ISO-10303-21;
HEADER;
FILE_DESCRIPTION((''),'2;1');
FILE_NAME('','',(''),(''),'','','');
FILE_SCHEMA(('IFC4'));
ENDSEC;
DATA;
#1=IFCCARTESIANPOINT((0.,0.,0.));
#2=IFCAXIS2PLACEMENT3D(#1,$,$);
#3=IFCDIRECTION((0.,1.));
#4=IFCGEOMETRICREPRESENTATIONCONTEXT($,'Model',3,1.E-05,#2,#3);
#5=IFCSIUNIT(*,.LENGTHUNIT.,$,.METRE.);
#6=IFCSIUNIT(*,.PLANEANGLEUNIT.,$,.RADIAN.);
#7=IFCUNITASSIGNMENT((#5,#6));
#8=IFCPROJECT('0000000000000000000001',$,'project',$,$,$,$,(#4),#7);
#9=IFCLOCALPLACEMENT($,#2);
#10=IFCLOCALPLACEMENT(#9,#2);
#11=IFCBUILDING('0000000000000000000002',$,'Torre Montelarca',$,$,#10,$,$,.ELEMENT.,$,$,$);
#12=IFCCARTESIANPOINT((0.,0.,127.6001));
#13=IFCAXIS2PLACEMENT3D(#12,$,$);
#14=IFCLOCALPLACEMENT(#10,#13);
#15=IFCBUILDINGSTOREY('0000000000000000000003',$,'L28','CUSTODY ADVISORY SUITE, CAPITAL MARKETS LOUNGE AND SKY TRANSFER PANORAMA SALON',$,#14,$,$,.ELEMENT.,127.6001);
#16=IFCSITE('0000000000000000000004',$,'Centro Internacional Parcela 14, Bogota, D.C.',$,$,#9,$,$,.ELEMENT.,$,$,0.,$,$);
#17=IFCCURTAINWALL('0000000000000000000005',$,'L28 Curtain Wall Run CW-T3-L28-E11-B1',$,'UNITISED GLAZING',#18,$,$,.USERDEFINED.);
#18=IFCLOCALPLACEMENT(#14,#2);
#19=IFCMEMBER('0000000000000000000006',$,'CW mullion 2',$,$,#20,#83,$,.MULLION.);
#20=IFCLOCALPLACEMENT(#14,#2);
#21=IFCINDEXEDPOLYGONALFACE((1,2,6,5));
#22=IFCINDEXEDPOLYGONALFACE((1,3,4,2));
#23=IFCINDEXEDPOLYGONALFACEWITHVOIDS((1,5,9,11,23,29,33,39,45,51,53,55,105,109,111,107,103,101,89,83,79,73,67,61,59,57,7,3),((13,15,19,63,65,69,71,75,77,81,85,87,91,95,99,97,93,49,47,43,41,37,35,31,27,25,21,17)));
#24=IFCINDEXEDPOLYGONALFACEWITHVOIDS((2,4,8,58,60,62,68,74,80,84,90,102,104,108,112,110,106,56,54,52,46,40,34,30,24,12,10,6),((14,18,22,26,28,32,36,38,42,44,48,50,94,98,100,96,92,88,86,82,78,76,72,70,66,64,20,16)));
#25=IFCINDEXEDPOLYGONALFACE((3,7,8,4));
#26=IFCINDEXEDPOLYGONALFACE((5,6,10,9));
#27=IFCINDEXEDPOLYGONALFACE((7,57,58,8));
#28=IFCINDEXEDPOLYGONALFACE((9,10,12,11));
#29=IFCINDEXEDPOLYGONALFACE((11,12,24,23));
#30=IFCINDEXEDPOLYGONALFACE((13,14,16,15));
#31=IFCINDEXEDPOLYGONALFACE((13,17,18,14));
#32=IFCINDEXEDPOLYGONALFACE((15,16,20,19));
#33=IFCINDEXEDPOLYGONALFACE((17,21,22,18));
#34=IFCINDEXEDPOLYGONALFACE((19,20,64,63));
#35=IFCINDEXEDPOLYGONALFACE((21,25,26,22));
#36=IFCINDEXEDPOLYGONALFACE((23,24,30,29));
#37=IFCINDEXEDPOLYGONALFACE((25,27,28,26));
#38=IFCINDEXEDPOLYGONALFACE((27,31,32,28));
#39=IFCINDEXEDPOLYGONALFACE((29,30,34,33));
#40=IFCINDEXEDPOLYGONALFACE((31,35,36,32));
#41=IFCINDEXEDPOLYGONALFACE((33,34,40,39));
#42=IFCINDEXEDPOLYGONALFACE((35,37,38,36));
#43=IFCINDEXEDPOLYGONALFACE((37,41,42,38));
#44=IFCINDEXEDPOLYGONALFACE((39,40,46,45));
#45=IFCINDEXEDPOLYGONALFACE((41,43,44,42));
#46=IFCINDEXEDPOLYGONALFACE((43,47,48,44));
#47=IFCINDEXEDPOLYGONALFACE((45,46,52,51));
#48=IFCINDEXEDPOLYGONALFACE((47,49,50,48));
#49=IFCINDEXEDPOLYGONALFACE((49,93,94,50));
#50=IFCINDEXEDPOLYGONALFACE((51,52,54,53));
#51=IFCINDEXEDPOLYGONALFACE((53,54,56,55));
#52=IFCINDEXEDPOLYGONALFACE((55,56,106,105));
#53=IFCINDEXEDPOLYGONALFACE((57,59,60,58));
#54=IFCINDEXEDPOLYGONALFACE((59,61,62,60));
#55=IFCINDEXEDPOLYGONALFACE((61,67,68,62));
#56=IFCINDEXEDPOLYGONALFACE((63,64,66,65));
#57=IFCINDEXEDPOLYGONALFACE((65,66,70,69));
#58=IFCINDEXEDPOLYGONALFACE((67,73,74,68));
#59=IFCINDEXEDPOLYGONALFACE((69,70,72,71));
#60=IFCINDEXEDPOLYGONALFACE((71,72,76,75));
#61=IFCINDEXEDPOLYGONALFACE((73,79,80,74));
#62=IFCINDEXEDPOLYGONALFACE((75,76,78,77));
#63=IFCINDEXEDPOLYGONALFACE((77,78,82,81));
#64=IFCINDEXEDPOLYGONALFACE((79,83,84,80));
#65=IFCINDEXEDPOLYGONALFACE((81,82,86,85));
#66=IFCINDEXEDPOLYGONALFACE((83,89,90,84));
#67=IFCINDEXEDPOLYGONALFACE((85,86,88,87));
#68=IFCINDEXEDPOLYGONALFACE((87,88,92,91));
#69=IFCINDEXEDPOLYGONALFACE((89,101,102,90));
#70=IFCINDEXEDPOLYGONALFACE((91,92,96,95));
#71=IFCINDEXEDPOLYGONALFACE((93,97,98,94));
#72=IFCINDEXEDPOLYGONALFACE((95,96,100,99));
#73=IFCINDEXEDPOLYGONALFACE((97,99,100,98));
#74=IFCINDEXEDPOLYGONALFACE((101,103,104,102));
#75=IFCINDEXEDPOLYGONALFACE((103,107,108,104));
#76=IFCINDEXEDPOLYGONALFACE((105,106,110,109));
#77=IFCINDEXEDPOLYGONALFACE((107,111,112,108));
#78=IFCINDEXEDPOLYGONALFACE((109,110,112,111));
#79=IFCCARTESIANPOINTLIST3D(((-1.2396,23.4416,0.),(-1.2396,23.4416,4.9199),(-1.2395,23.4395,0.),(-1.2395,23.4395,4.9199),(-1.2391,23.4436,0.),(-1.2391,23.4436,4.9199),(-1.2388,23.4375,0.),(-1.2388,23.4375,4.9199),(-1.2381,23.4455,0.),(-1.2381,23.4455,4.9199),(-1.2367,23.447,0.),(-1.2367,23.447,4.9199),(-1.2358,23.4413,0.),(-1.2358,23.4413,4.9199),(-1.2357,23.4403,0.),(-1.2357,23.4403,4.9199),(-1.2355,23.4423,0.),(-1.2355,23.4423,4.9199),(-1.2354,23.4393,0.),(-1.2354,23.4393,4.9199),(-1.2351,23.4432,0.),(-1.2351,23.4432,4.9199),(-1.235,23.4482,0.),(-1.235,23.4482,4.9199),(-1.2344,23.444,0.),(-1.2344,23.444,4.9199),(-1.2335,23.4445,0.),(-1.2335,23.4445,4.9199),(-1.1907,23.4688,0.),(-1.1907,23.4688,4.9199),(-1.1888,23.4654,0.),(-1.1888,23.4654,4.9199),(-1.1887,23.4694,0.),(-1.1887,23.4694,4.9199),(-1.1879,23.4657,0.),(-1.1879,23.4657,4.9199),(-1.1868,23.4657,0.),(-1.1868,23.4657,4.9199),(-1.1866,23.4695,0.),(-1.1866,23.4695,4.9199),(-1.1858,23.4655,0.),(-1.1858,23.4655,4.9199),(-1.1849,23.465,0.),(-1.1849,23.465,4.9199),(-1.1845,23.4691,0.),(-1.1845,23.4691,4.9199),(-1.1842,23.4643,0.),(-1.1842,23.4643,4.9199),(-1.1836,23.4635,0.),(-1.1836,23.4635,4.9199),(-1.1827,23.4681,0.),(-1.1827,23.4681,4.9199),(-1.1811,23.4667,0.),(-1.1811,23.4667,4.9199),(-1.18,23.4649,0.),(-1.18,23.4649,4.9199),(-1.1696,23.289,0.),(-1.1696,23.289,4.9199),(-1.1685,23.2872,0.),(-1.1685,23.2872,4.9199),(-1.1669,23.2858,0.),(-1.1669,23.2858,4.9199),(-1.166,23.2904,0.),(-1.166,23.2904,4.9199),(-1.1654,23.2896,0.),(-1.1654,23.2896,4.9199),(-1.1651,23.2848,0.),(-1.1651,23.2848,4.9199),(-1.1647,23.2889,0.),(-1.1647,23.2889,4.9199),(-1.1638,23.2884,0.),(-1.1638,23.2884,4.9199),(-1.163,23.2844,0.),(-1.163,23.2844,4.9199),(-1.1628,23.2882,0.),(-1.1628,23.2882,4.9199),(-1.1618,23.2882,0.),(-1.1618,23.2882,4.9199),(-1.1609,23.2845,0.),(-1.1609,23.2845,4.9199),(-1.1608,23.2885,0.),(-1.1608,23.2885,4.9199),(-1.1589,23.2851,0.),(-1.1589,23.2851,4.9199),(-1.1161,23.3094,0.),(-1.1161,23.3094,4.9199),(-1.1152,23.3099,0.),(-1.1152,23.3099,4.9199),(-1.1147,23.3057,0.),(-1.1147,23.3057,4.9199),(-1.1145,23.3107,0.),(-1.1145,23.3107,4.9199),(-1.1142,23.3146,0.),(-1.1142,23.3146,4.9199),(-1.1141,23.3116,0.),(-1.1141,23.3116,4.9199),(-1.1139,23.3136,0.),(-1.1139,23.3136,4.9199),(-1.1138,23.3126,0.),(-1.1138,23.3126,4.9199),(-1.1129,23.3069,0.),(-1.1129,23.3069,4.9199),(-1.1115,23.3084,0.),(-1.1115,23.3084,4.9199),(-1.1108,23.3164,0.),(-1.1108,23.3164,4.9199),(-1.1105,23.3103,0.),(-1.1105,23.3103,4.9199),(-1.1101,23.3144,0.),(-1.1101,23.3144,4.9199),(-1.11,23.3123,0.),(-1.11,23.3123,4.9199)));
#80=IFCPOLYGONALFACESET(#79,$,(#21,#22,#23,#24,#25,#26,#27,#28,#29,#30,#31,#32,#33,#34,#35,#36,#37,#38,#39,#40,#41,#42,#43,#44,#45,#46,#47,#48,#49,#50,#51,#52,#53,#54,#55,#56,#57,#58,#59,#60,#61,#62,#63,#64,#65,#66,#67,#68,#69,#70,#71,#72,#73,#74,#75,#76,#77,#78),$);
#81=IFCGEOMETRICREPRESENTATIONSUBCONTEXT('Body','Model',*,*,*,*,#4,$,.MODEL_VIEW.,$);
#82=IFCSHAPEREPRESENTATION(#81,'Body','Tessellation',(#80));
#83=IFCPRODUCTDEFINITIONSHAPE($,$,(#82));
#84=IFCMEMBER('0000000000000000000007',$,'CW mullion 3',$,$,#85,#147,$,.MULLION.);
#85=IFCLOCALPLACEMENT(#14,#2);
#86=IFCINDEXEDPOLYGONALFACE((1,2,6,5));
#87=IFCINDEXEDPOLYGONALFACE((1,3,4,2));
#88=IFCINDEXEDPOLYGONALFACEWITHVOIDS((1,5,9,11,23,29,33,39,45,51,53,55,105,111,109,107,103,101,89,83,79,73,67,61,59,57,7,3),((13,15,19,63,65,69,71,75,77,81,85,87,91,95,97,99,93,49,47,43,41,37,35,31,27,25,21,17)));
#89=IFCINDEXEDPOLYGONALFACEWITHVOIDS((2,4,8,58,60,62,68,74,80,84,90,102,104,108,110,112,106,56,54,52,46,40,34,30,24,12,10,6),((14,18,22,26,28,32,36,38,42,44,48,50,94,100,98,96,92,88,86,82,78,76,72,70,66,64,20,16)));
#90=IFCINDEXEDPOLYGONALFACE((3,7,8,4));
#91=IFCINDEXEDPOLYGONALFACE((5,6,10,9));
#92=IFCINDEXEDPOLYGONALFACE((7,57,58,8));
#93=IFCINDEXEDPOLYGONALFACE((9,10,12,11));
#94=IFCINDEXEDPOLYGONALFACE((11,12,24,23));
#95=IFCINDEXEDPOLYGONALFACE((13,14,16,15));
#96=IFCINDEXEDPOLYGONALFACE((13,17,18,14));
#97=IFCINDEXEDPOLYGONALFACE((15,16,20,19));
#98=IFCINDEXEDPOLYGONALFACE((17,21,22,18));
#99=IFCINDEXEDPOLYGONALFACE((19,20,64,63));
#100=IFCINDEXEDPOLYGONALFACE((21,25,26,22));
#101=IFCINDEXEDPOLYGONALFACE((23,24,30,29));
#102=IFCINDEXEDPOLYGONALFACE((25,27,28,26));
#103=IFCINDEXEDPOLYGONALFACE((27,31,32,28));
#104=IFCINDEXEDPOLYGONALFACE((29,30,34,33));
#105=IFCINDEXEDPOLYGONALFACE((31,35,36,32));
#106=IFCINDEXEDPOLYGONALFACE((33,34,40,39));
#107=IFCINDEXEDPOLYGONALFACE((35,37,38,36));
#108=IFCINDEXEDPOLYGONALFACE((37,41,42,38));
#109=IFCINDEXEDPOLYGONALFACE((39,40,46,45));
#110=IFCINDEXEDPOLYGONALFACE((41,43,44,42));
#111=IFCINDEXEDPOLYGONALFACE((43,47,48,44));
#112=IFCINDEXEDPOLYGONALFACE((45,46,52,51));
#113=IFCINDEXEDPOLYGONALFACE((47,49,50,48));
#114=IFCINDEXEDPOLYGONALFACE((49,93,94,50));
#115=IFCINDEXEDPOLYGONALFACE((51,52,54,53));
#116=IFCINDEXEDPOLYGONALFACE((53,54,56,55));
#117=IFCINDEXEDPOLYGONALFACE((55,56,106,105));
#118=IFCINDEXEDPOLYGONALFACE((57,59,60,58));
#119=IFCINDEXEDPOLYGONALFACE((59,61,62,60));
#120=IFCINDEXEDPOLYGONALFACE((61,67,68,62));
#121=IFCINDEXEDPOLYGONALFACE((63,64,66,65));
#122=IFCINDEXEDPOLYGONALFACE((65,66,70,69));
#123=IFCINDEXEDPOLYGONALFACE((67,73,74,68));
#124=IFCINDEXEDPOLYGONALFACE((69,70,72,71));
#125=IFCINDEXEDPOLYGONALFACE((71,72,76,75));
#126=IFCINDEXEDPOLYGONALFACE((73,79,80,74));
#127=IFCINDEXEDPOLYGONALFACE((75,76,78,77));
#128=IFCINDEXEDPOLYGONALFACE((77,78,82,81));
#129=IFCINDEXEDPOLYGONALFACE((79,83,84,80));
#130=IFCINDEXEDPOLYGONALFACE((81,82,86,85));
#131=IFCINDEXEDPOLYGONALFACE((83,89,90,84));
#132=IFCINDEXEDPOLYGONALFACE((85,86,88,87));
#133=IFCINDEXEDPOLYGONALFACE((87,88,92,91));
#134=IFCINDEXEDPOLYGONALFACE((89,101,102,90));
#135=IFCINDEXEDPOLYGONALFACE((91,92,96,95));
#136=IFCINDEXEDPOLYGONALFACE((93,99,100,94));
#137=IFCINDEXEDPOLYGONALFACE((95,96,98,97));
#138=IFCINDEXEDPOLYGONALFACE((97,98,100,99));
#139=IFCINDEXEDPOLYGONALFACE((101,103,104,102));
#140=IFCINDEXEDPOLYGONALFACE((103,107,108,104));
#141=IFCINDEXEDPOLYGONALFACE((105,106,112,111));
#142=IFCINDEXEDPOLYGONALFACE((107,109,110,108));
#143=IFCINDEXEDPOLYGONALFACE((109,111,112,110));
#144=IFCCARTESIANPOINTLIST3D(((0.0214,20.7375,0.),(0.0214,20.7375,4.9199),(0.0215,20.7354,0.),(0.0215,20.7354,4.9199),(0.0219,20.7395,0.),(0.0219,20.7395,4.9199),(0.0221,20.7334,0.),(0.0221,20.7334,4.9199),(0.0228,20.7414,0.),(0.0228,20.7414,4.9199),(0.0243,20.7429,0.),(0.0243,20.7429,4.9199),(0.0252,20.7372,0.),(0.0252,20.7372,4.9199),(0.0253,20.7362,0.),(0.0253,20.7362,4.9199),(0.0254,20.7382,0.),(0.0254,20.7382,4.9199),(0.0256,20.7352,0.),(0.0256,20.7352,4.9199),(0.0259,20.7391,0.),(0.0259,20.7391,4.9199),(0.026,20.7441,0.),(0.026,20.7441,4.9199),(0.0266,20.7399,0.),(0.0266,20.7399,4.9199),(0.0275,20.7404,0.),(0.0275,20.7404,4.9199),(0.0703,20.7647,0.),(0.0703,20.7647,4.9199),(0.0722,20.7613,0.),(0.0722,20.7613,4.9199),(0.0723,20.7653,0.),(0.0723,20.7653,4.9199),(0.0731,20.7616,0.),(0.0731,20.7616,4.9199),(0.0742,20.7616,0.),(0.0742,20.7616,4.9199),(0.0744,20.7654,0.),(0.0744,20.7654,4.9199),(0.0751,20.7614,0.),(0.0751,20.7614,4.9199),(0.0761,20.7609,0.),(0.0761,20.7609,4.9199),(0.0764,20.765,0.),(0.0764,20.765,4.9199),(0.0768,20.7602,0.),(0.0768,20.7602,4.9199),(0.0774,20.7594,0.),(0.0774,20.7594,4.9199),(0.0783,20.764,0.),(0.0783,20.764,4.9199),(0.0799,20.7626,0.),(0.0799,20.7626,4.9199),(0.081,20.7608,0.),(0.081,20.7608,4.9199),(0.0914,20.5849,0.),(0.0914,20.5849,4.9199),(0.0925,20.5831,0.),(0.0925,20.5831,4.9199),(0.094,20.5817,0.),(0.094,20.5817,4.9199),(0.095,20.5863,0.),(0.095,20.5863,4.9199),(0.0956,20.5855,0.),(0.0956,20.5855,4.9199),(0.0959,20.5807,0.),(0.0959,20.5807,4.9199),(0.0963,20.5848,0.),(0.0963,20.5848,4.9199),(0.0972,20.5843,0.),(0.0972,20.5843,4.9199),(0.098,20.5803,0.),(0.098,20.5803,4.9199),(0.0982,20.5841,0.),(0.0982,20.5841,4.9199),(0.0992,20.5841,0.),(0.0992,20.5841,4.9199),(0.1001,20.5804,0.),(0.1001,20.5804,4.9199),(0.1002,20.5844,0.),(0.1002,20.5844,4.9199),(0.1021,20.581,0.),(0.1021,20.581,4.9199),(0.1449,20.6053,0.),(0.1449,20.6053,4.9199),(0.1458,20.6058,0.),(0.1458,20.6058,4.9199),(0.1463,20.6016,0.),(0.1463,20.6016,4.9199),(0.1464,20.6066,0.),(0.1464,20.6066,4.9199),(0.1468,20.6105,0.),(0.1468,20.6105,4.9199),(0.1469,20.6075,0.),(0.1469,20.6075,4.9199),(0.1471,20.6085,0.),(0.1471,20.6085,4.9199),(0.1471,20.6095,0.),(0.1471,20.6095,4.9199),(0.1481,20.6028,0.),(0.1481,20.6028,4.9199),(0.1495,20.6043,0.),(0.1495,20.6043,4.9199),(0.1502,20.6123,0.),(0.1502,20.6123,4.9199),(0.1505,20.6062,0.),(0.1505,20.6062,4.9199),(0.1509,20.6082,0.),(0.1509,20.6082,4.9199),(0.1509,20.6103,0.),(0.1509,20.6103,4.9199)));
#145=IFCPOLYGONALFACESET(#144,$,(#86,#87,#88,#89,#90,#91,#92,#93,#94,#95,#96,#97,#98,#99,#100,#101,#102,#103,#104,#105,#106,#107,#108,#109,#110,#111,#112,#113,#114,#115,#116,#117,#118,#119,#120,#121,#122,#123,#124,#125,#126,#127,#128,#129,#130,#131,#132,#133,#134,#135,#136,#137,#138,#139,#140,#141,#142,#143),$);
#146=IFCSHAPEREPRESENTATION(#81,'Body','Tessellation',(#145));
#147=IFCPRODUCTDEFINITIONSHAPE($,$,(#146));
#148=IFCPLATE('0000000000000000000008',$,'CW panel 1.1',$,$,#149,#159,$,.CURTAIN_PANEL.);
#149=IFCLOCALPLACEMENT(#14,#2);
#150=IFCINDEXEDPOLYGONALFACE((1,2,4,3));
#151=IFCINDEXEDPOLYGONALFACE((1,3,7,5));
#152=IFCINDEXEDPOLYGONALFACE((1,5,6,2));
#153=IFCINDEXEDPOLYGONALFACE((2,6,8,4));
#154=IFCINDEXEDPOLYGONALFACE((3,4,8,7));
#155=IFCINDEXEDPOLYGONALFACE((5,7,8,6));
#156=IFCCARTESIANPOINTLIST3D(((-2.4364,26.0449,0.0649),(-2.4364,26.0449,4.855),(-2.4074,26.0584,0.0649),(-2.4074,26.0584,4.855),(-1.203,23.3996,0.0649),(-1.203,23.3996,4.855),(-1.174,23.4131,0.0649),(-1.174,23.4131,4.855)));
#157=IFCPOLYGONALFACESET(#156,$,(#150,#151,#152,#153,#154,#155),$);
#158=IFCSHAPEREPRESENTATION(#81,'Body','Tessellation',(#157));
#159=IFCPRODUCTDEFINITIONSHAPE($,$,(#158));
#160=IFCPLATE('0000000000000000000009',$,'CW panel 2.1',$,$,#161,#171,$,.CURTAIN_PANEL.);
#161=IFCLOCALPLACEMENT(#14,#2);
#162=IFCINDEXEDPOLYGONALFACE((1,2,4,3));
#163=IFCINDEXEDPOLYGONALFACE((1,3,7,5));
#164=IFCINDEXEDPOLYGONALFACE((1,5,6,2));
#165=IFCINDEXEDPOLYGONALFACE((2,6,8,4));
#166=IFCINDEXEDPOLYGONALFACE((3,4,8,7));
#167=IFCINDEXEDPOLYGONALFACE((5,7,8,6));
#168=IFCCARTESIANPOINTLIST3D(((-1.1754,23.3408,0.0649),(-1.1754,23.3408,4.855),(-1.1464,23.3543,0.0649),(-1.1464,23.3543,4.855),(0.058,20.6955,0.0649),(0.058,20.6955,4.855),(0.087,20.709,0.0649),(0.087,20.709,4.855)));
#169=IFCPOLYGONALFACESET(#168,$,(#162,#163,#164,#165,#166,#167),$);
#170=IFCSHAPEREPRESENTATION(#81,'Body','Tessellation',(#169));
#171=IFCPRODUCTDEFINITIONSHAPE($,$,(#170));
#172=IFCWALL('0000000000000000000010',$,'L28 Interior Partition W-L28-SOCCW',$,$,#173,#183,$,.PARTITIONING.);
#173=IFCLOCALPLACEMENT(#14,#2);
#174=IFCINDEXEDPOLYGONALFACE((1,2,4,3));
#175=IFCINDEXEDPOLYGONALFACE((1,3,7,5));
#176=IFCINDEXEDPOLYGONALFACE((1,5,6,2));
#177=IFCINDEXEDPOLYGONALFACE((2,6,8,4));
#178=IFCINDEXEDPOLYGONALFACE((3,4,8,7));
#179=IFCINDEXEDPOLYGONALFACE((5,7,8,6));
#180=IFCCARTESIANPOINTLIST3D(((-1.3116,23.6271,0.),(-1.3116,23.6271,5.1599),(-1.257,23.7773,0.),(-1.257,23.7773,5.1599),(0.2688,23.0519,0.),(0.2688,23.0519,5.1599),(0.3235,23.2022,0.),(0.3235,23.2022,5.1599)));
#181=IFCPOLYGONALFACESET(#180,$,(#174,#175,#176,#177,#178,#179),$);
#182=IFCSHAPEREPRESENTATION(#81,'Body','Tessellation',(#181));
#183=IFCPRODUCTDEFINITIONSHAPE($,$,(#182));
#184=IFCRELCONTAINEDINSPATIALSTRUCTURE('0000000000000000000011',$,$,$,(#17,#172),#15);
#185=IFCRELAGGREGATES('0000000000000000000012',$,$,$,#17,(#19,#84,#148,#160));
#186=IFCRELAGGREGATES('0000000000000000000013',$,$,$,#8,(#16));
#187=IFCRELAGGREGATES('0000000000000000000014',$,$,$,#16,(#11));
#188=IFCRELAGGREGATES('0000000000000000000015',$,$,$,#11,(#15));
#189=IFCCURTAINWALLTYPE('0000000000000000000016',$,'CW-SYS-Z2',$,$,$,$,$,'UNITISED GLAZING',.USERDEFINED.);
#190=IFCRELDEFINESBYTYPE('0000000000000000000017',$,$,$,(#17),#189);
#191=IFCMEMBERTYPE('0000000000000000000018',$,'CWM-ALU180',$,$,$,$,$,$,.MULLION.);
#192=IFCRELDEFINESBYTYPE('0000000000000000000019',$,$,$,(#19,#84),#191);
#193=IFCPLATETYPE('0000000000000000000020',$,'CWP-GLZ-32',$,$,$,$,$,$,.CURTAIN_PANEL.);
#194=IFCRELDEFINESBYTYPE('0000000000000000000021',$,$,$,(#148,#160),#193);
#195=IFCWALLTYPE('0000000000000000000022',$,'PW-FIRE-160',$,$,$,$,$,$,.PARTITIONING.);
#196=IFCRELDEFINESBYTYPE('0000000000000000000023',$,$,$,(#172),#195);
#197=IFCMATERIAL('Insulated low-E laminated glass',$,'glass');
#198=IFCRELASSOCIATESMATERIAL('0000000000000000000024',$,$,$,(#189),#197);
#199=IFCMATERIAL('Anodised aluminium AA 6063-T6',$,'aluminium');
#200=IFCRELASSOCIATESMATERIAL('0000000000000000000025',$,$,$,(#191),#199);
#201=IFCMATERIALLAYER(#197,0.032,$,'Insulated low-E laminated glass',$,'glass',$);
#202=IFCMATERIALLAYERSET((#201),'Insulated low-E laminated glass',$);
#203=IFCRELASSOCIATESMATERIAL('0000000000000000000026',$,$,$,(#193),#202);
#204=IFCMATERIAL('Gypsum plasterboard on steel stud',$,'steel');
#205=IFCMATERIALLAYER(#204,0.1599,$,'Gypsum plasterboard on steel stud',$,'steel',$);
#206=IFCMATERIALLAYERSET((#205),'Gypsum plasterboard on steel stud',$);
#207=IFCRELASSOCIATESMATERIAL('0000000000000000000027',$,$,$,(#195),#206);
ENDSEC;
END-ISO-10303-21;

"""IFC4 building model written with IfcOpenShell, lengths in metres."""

from ifc_helpers import new_model, si_unit, direction, frame, frame_2d, origin, origin_2d, place, context, subcontext, project, spatial, rectangle, hollow_rectangle, extrude, source, transform, mapped, material, layer, layer_set, material_profile, profile_set, type_object, element, aggregate, save


model = new_model("IFC4")

# Units and contexts
model_context = context("Model", 3, precision=1e-05, world=origin(), true_north=direction((0.0, 1.0)))
body_context = subcontext(model_context, "Body", "Model", "MODEL_VIEW")
ifc_project = project(units=[si_unit("LENGTHUNIT", "METRE"), si_unit("PLANEANGLEUNIT", "RADIAN")], contexts=[model_context])

# Site, building, storey
site_placement = place(None, origin())
site = spatial("IfcSite", under=ifc_project, at=site_placement, Name="Centro Internacional Parcela 14, Bogota, D.C.", CompositionType="ELEMENT", RefElevation=0.0)
building_placement = place(site_placement, origin())
building = spatial("IfcBuilding", under=site, at=building_placement, Name="Torre Montelarca", CompositionType="ELEMENT")
storey_placement = place(building_placement, frame((0.0, 0.0, 127.6001)))
storey = spatial("IfcBuildingStorey", under=building, at=storey_placement, Name="L28", Description="CUSTODY ADVISORY SUITE, CAPITAL MARKETS LOUNGE AND SKY TRANSFER PANORAMA SALON", CompositionType="ELEMENT", Elevation=127.6001)

# Curtain wall
ifc_material_1 = material(Name="Insulated low-E laminated glass", Category="glass")
curtain_wall_type = type_object("IfcCurtainWallType", Name="CW-SYS-Z2", ElementType="UNITISED GLAZING", PredefinedType="USERDEFINED", material=ifc_material_1)
curtain_wall_1_placement = place(storey_placement, origin())
curtain_wall_1 = element("IfcCurtainWall", 1, at=curtain_wall_1_placement, inside=storey, type_object=curtain_wall_type, Name="L28 Curtain Wall Run CW-T3-L28-E11-B1", ObjectType="UNITISED GLAZING", PredefinedType="USERDEFINED")
ifc_material_2 = material(Name="Anodised aluminium AA 6063-T6", Category="aluminium")

# Shared definitions
ifc_material_profile_1 = material_profile(ifc_material_2, hollow_rectangle(XDim=0.0649, YDim=0.1799, WallThickness=0.0039, InnerFilletRadius=0.0039, OuterFilletRadius=0.0081, at=origin_2d()), Name="ALU65X180X4", Category="aluminium")
ifc_profile_set_1 = profile_set([ifc_material_profile_1], Name="Anodised aluminium AA 6063-T6")
member_type_1 = type_object("IfcMemberType", Name="CWM-ALU180", PredefinedType="MULLION", material=ifc_profile_set_1)
shared_shape_1 = source(origin(), body_context, "Body", "SweptSolid", [
    extrude(hollow_rectangle(XDim=0.0649, YDim=0.1799, WallThickness=0.0039, InnerFilletRadius=0.0039, OuterFilletRadius=0.0081, at=origin_2d()), origin(), (0.0, 0.0, 1.0), 4.9199),
])

# Members
member_1_placement = place(storey_placement, frame((-1.1748, 23.377, 0.0), z_axis=(0.0, 0.0, 1.0), x_axis=(0.906317, 0.422598, 0.0)))
member_1 = element("IfcMember", 2, at=member_1_placement, type_object=member_type_1, Name="CW mullion 2", PredefinedType="MULLION", context=body_context, shape_type="MappedRepresentation", body=[
    mapped(shared_shape_1, transform((0.0, 0.0, 0.0), scale=1.0)),
])
member_2_placement = place(storey_placement, frame((0.0862, 20.6729, 0.0), z_axis=(0.0, 0.0, 1.0), x_axis=(0.906317, 0.422598, 0.0)))
member_2 = element("IfcMember", 3, at=member_2_placement, type_object=member_type_1, Name="CW mullion 3", PredefinedType="MULLION", context=body_context, shape_type="MappedRepresentation", body=[
    mapped(shared_shape_1, transform((0.0, 0.0, 0.0), scale=1.0)),
])

# Plates
ifc_layer_1 = layer(ifc_material_1, 0.032, Name="Insulated low-E laminated glass", Category="glass")
ifc_layer_set_1 = layer_set([ifc_layer_1], Name="Insulated low-E laminated glass")
plate_type = type_object("IfcPlateType", Name="CWP-GLZ-32", PredefinedType="CURTAIN_PANEL", material=ifc_layer_set_1)
shared_shape_2 = source(origin(), body_context, "Body", "SweptSolid", [
    extrude(rectangle(XDim=2.9187, YDim=0.032, at=origin_2d()), origin(), (0.0, 0.0, 1.0), 4.79),
])
plate_1_placement = place(storey_placement, frame((-1.8052, 24.729, 0.0649), z_axis=(0.0, 0.0, 1.0), x_axis=(0.422598, -0.906317, 0.0)))
plate_1 = element("IfcPlate", 4, at=plate_1_placement, type_object=plate_type, Name="CW panel 1.1", PredefinedType="CURTAIN_PANEL", context=body_context, shape_type="MappedRepresentation", body=[
    mapped(shared_shape_2, transform((0.0, 0.0, 0.0), scale=1.0)),
])
plate_2_placement = place(storey_placement, frame((-0.5442, 22.0249, 0.0649), z_axis=(0.0, 0.0, 1.0), x_axis=(0.422598, -0.906317, 0.0)))
plate_2 = element("IfcPlate", 5, at=plate_2_placement, type_object=plate_type, Name="CW panel 2.1", PredefinedType="CURTAIN_PANEL", context=body_context, shape_type="MappedRepresentation", body=[
    mapped(shared_shape_2, transform((0.0, 0.0, 0.0), scale=1.0)),
])
aggregate(curtain_wall_1, [member_1, member_2, plate_1, plate_2])

# Wall
ifc_material_3 = material(Name="Gypsum plasterboard on steel stud", Category="steel")
ifc_layer_2 = layer(ifc_material_3, 0.1599, Name="Gypsum plasterboard on steel stud", Category="steel")
ifc_layer_set_2 = layer_set([ifc_layer_2], Name="Gypsum plasterboard on steel stud")
wall_type_1 = type_object("IfcWallType", Name="PW-FIRE-160", PredefinedType="PARTITIONING", material=ifc_layer_set_2)
wall_1_placement = place(storey_placement, frame((-1.2842, 23.7021, 0.0), z_axis=(0.0, 0.0, 1.0), x_axis=(0.939709, -0.341976, 0.0)))
element("IfcWall", 6, at=wall_1_placement, inside=storey, type_object=wall_type_1, Name="L28 Interior Partition W-L28-SOCCW", PredefinedType="PARTITIONING", context=body_context, shape_type="SweptSolid", body=[
    extrude(rectangle(XDim=1.6819, YDim=0.1599, at=frame_2d((0.8408, 0.0))), origin(), (0.0, 0.0, 1.0), 5.1599),
])

save(model, "model.ifc")
